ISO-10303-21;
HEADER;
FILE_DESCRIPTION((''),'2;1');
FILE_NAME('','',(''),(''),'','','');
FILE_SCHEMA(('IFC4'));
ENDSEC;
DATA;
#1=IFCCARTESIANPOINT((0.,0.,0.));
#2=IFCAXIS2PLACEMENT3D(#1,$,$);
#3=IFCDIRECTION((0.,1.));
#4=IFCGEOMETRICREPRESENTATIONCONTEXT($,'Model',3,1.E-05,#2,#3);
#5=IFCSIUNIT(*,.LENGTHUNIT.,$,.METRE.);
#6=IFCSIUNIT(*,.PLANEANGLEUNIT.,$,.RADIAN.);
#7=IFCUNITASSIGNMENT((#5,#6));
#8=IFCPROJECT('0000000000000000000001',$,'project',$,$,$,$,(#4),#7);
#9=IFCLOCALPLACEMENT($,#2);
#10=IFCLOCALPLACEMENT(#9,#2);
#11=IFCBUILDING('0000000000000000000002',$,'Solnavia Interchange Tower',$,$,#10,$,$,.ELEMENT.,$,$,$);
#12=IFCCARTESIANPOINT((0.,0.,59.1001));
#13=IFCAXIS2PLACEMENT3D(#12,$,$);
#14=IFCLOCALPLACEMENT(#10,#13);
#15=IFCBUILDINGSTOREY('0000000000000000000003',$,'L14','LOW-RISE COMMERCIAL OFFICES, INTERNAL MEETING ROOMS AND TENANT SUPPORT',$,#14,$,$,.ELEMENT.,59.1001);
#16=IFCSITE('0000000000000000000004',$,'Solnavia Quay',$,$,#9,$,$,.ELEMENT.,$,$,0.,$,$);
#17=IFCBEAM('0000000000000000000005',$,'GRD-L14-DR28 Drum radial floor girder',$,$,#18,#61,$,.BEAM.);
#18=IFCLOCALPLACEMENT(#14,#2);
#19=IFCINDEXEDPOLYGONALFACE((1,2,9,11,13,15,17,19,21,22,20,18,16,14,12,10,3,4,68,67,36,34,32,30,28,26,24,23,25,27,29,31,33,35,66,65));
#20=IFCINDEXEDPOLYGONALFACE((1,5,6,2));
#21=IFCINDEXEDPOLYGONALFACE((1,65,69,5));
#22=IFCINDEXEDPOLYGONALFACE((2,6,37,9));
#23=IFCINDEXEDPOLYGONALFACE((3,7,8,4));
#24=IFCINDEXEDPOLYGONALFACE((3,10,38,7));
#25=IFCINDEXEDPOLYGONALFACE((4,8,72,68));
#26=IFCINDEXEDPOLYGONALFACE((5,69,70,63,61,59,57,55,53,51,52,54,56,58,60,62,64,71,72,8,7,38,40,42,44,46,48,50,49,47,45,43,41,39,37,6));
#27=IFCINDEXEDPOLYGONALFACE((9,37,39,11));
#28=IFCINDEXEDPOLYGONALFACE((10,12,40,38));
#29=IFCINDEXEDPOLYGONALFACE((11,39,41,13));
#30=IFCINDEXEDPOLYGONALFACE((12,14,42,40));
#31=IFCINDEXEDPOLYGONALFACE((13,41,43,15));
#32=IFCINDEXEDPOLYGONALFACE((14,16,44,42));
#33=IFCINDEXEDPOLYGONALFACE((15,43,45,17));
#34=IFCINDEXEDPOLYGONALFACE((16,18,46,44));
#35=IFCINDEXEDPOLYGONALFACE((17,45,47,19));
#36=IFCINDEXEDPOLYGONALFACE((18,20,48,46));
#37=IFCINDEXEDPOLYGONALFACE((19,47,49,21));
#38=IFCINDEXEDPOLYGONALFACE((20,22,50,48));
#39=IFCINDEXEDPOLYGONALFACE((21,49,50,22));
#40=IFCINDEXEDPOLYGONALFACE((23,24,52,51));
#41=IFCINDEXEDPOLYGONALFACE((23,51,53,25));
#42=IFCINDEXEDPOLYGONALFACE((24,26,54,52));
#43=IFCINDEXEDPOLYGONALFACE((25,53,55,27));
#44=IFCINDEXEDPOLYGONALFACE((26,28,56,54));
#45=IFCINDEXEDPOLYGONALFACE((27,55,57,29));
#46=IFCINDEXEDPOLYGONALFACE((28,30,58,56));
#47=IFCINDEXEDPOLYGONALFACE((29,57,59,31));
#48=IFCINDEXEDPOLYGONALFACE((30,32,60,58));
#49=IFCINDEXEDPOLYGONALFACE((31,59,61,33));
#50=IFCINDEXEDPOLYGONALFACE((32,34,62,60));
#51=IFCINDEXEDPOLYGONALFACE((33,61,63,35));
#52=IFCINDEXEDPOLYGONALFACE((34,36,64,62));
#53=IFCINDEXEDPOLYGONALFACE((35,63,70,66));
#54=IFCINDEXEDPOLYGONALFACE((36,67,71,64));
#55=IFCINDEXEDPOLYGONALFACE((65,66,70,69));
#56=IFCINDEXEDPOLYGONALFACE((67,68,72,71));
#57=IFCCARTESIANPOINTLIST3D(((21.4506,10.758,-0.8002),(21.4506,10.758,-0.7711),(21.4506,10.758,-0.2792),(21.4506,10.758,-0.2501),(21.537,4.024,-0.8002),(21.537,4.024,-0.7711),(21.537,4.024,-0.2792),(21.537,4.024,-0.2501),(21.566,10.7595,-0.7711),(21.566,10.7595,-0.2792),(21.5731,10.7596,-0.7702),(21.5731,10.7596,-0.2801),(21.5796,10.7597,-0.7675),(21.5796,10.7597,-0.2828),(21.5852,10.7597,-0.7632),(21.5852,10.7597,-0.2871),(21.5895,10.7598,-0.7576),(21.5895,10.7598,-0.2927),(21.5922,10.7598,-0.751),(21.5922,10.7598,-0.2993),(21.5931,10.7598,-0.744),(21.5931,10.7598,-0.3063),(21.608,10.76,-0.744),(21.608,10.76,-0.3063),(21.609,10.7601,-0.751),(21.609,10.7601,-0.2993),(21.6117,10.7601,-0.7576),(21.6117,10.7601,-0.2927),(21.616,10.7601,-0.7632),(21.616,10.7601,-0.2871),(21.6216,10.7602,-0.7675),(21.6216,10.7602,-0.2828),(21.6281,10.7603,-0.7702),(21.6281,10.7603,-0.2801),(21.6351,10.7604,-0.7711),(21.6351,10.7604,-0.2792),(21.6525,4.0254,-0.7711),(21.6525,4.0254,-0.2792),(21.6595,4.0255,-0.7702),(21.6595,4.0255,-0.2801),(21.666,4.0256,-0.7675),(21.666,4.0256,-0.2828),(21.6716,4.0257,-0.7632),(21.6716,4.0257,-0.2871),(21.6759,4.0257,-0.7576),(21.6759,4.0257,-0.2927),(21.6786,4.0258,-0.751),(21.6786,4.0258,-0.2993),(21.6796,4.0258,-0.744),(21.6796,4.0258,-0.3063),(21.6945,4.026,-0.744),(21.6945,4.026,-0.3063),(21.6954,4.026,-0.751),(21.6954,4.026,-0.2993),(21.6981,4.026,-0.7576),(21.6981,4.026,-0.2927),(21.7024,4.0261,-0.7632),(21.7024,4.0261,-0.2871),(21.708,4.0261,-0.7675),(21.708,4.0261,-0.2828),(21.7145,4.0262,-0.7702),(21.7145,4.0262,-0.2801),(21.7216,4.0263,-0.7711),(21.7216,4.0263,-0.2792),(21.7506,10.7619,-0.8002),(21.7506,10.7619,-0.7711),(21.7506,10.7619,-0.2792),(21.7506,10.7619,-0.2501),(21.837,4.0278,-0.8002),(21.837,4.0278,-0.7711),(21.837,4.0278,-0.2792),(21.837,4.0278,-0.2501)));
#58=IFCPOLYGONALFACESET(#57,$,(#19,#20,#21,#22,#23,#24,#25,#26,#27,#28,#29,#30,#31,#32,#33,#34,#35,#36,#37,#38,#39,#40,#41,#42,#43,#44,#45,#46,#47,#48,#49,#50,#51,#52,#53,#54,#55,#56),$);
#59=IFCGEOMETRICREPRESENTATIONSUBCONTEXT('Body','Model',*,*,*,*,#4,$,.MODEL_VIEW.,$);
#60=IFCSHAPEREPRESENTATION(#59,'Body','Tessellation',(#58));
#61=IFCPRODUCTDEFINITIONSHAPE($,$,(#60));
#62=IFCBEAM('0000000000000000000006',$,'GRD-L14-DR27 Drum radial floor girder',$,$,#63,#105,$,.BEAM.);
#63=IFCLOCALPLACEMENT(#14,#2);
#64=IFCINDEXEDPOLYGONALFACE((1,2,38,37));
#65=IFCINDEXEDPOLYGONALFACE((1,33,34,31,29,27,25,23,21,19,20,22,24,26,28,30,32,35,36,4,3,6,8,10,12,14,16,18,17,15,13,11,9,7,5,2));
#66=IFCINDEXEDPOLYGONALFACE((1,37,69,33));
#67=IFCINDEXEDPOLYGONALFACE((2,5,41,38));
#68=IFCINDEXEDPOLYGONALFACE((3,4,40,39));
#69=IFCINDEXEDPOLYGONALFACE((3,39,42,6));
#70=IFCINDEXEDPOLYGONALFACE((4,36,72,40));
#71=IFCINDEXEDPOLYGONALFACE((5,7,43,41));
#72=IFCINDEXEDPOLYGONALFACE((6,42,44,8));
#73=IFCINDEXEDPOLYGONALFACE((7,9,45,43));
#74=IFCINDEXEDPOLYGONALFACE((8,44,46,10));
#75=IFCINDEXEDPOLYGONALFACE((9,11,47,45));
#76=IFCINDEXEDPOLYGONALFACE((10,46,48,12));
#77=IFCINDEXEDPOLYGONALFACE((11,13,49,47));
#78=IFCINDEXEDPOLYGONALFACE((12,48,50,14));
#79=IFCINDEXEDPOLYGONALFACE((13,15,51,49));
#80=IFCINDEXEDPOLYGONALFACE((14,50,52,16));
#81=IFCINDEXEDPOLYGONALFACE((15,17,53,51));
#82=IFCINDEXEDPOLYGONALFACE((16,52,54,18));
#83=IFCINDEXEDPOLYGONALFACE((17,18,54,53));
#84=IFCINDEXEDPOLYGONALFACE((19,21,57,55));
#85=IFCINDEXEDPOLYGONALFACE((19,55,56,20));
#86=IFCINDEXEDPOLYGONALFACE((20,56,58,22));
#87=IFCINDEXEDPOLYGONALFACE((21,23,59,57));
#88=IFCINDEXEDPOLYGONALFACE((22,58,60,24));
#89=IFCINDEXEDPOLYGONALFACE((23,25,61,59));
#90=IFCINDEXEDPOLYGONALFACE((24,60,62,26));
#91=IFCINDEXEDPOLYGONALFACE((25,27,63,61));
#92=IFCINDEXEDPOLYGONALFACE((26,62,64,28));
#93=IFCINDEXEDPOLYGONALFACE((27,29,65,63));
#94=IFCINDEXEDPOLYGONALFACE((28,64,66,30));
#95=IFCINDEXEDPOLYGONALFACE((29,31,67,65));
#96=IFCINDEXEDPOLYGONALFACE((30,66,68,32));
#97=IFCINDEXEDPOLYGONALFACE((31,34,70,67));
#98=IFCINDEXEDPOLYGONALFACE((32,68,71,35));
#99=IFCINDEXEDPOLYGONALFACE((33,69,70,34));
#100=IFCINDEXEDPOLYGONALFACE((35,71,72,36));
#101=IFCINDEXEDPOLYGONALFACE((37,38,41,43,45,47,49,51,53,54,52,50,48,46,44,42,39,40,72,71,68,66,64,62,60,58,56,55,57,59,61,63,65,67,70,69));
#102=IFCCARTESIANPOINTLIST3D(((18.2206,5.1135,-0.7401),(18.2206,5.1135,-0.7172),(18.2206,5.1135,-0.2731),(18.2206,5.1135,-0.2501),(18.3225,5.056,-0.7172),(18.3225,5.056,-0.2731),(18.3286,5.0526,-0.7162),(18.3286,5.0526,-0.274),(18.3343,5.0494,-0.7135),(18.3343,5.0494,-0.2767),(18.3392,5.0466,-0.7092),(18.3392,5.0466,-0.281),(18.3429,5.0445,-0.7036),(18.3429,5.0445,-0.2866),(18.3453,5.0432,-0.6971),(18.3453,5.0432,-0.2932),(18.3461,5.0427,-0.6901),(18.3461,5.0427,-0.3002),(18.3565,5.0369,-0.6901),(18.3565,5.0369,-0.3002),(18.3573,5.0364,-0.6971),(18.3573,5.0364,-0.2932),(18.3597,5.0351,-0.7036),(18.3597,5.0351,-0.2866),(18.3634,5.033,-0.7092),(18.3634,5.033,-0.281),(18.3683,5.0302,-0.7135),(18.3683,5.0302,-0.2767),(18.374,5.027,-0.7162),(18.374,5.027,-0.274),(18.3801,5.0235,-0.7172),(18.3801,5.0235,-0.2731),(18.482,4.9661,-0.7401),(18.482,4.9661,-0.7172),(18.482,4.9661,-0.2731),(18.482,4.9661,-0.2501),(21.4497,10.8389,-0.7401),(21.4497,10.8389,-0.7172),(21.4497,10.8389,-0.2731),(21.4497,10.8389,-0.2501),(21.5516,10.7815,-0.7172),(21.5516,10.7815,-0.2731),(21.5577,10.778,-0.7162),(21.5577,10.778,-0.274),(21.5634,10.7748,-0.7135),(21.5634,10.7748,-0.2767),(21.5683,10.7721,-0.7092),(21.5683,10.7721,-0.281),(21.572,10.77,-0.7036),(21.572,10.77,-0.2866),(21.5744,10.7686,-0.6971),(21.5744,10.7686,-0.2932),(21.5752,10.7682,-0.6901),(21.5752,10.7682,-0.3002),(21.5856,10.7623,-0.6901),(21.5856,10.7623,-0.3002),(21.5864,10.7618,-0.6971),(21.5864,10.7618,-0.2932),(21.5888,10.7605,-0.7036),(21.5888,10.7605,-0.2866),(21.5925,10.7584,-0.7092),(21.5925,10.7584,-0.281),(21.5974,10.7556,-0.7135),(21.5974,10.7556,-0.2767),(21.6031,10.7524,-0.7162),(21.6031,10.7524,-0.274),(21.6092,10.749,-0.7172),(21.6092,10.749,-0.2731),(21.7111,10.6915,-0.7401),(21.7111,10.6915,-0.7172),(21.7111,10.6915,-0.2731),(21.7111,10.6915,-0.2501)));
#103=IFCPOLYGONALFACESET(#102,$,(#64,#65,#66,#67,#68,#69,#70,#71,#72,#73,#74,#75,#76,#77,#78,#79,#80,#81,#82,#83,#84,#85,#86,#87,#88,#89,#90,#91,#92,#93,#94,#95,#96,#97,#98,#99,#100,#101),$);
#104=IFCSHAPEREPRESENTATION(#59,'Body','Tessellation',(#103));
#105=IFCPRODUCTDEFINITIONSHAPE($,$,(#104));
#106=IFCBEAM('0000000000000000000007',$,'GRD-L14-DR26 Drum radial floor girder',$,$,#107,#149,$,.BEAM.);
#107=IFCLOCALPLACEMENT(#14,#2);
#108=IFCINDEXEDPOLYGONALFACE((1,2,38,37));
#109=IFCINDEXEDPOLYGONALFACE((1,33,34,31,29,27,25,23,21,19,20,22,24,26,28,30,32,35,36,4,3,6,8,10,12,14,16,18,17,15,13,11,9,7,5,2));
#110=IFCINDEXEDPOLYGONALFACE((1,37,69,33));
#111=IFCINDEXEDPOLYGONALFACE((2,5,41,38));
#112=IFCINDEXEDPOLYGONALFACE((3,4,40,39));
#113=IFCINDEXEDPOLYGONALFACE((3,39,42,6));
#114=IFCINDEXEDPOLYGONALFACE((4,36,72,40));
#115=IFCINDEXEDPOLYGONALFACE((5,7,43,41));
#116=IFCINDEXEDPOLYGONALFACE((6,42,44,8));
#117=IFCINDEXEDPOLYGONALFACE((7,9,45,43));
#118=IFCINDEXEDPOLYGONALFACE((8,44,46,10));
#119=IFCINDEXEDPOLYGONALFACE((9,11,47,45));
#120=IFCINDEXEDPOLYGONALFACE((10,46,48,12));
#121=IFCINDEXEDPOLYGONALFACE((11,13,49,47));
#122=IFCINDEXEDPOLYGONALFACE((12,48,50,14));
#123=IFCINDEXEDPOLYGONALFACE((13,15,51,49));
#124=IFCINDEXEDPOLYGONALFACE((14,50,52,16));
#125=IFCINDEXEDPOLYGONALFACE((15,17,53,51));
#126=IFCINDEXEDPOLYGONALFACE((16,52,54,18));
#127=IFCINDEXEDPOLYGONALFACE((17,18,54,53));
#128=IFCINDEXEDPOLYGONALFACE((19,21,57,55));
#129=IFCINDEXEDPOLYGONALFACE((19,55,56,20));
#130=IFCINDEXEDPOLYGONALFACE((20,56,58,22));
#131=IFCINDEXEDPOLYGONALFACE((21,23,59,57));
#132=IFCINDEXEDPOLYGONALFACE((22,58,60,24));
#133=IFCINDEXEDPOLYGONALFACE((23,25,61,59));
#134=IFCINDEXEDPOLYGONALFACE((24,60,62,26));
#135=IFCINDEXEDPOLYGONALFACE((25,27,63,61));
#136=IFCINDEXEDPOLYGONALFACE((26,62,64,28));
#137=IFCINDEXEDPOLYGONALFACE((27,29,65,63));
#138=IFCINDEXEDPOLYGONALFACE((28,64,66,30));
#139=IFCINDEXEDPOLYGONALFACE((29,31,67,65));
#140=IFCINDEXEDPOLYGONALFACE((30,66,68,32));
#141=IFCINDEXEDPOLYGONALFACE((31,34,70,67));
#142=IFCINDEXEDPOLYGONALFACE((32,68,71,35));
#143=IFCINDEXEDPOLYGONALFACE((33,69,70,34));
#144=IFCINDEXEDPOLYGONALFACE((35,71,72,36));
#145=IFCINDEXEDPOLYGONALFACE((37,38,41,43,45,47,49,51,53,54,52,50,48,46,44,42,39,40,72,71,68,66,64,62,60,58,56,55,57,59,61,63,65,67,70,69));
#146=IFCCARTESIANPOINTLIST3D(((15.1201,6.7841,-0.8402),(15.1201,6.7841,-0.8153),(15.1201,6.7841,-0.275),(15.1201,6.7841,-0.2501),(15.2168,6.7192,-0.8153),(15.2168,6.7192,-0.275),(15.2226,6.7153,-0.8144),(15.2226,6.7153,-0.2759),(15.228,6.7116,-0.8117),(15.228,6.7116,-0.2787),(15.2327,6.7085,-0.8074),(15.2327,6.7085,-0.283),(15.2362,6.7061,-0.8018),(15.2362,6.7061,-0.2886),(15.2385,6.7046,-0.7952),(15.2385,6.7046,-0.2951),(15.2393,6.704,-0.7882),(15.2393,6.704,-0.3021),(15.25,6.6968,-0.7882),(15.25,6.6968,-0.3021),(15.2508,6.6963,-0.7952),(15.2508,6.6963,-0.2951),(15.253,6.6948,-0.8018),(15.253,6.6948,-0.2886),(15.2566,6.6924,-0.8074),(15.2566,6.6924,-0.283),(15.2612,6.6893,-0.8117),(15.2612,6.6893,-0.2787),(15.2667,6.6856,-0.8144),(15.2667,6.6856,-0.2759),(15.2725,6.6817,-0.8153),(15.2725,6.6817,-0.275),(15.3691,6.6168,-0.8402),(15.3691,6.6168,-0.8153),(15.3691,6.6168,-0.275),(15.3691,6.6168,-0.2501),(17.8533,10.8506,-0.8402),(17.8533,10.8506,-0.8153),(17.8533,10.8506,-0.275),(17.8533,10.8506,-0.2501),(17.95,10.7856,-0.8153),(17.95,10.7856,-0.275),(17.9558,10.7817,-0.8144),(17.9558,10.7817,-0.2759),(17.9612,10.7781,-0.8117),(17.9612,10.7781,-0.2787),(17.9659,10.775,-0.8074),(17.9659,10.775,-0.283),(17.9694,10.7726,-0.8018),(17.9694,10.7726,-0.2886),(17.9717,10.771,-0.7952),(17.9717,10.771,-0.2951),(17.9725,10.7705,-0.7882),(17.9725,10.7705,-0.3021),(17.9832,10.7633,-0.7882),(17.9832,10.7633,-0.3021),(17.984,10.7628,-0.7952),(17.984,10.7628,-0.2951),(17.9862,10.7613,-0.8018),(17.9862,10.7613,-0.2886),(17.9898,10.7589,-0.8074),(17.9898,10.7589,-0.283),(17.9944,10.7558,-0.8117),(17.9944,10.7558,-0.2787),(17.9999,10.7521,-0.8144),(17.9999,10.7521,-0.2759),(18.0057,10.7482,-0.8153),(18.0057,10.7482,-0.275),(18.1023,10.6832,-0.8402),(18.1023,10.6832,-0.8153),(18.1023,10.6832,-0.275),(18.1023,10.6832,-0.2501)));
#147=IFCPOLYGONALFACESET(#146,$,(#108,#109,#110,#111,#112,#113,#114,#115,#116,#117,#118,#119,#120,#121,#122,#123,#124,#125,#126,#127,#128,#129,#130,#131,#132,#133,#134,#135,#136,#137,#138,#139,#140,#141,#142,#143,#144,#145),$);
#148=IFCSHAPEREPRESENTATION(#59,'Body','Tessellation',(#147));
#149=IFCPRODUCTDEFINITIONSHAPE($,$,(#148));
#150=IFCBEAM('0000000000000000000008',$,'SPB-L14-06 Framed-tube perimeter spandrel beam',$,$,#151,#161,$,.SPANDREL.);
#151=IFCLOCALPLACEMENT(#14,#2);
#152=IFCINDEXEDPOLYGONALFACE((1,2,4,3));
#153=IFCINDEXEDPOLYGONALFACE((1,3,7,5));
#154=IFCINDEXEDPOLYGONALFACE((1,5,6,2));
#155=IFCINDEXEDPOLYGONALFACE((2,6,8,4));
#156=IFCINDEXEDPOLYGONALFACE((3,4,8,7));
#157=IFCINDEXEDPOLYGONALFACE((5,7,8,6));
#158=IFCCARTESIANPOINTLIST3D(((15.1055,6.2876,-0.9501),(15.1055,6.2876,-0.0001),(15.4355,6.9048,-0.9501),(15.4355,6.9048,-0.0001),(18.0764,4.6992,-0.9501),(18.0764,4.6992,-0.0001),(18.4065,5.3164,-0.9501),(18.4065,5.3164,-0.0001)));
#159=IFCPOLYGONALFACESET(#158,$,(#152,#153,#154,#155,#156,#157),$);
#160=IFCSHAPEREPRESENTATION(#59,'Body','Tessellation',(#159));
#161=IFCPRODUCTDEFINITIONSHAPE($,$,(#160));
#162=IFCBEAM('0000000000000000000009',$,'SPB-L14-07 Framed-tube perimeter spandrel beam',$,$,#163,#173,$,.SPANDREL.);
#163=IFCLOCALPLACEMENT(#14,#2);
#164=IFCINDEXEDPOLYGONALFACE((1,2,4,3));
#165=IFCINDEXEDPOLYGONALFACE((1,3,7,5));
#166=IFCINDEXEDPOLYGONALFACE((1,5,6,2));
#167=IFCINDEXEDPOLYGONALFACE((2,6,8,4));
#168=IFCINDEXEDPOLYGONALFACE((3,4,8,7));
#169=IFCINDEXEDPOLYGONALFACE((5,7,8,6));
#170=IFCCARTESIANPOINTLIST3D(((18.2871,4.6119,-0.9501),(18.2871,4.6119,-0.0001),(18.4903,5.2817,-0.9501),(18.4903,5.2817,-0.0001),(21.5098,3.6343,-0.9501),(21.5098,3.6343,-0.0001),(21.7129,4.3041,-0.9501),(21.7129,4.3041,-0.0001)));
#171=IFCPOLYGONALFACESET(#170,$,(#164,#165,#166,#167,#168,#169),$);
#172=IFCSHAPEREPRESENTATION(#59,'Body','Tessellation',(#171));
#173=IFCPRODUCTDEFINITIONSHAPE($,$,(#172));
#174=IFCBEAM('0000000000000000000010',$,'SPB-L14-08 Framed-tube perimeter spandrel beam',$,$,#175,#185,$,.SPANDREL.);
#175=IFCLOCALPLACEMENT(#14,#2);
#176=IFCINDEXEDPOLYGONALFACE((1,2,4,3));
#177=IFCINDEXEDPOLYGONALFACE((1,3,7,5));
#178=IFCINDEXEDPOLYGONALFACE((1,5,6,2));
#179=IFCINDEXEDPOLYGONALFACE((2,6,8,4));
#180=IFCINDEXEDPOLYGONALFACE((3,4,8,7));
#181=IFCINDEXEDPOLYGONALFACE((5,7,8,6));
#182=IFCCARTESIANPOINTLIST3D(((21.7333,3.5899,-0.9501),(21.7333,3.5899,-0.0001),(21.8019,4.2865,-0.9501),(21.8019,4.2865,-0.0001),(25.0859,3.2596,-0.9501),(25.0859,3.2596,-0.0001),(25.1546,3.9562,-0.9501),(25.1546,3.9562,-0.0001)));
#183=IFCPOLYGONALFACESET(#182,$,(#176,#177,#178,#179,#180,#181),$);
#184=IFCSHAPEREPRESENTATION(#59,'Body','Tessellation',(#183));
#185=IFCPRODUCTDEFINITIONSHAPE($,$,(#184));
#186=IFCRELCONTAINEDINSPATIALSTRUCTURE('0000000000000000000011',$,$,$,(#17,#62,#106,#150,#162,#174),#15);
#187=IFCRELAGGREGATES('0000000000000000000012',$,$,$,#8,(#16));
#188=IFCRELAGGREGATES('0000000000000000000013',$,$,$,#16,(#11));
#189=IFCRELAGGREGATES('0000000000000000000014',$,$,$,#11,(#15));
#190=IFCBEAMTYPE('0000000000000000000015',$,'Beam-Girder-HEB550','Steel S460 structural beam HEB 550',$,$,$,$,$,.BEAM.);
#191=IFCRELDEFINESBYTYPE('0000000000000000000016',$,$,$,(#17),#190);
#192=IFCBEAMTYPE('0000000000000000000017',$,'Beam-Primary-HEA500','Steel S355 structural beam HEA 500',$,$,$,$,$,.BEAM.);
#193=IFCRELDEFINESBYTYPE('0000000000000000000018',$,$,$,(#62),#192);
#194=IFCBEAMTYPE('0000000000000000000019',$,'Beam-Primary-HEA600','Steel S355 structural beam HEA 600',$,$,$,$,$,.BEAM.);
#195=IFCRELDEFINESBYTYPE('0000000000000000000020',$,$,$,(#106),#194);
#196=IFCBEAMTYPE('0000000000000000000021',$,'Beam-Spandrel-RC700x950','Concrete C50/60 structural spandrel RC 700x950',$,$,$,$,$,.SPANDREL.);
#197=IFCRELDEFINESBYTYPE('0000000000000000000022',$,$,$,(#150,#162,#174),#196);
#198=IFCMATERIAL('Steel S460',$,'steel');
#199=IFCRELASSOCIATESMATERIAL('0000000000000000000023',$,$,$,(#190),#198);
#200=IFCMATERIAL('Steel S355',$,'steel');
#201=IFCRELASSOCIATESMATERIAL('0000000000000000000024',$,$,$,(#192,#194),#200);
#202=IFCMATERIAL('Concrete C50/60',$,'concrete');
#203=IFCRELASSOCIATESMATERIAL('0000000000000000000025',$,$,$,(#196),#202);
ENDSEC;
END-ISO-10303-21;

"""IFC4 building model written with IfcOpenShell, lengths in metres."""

from ifc_helpers import new_model, si_unit, direction, frame, origin, origin_2d, place, context, subcontext, project, spatial, rectangle, i_section, extrude, material, material_profile, profile_set, type_object, element, save


model = new_model("IFC4")

# Units and contexts
model_context = context("Model", 3, precision=1e-05, world=origin(), true_north=direction((0.0, 1.0)))
body_context = subcontext(model_context, "Body", "Model", "MODEL_VIEW")
ifc_project = project(units=[si_unit("LENGTHUNIT", "METRE"), si_unit("PLANEANGLEUNIT", "RADIAN")], contexts=[model_context])

# Site, building, storey
site_placement = place(None, origin())
site = spatial("IfcSite", under=ifc_project, at=site_placement, Name="Solnavia Quay", CompositionType="ELEMENT", RefElevation=0.0)
building_placement = place(site_placement, origin())
building = spatial("IfcBuilding", under=site, at=building_placement, Name="Solnavia Interchange Tower", CompositionType="ELEMENT")
storey_placement = place(building_placement, frame((0.0, 0.0, 59.1001)))
storey = spatial("IfcBuildingStorey", under=building, at=storey_placement, Name="L14", Description="LOW-RISE COMMERCIAL OFFICES, INTERNAL MEETING ROOMS AND TENANT SUPPORT", CompositionType="ELEMENT", Elevation=59.1001)

# Shared definitions
ifc_material_1 = material(Name="Steel S355", Category="steel")

# Beams
ifc_material_2 = material(Name="Steel S460", Category="steel")
ifc_material_profile_1 = material_profile(ifc_material_2, i_section(OverallWidth=0.3, OverallDepth=0.55, WebThickness=0.0149, FlangeThickness=0.0291, FilletRadius=0.0271, at=origin_2d()), Name="HEB 550")
ifc_profile_set_1 = profile_set([ifc_material_profile_1], Name="Steel S460")
beam_type_1 = type_object("IfcBeamType", Name="Beam-Girder-HEB550", Description="Steel S460 structural beam HEB 550", PredefinedType="BEAM", material=ifc_profile_set_1)
beam_1_placement = place(storey_placement, frame((21.687, 4.0259, -0.5251), z_axis=(-0.012833, 0.999918, 0.0), x_axis=(-0.999918, -0.012833, 0.0)))
element("IfcBeam", 1, at=beam_1_placement, inside=storey, type_object=beam_type_1, Name="GRD-L14-DR28 Drum radial floor girder", PredefinedType="BEAM", context=body_context, shape_type="SweptSolid", body=[
    extrude(i_section(OverallWidth=0.3, OverallDepth=0.55, WebThickness=0.0149, FlangeThickness=0.0291, FilletRadius=0.0271, at=origin_2d()), origin(), (0.0, 0.0, 1.0), 6.7346),
])
ifc_material_profile_2 = material_profile(ifc_material_1, i_section(OverallWidth=0.3, OverallDepth=0.49, WebThickness=0.012, FlangeThickness=0.0229, FilletRadius=0.0271, at=origin_2d()), Name="HEA 500")
ifc_profile_set_2 = profile_set([ifc_material_profile_2], Name="Steel S355")
beam_type_2 = type_object("IfcBeamType", Name="Beam-Primary-HEA500", Description="Steel S355 structural beam HEA 500", PredefinedType="BEAM", material=ifc_profile_set_2)
beam_2_placement = place(storey_placement, frame((18.3513, 5.0398, -0.4951), z_axis=(0.491243, 0.871022, 0.0), x_axis=(-0.871022, 0.491243, 0.0)))
element("IfcBeam", 2, at=beam_2_placement, inside=storey, type_object=beam_type_2, Name="GRD-L14-DR27 Drum radial floor girder", PredefinedType="BEAM", context=body_context, shape_type="SweptSolid", body=[
    extrude(i_section(OverallWidth=0.3, OverallDepth=0.49, WebThickness=0.012, FlangeThickness=0.0229, FilletRadius=0.0271, at=origin_2d()), origin(), (0.0, 0.0, 1.0), 6.5732),
])
ifc_material_profile_3 = material_profile(ifc_material_1, i_section(OverallWidth=0.3, OverallDepth=0.5901, WebThickness=0.0129, FlangeThickness=0.0249, FilletRadius=0.0271, at=origin_2d()), Name="HEA 600")
ifc_profile_set_3 = profile_set([ifc_material_profile_3], Name="Steel S355")
beam_type_3 = type_object("IfcBeamType", Name="Beam-Primary-HEA600", Description="Steel S355 structural beam HEA 600", PredefinedType="BEAM", material=ifc_profile_set_3)
beam_3_placement = place(storey_placement, frame((15.2446, 6.7004, -0.5452), z_axis=(0.557835, 0.829952, 0.0), x_axis=(-0.829952, 0.557835, 0.0)))
element("IfcBeam", 3, at=beam_3_placement, inside=storey, type_object=beam_type_3, Name="GRD-L14-DR26 Drum radial floor girder", PredefinedType="BEAM", context=body_context, shape_type="SweptSolid", body=[
    extrude(i_section(OverallWidth=0.3, OverallDepth=0.5901, WebThickness=0.0129, FlangeThickness=0.0249, FilletRadius=0.0271, at=origin_2d()), origin(), (0.0, 0.0, 1.0), 4.8997),
])
ifc_material_3 = material(Name="Concrete C50/60", Category="concrete")
ifc_material_profile_4 = material_profile(ifc_material_3, rectangle(XDim=0.7, YDim=0.95, at=origin_2d()), Name="RC 700x950")
ifc_profile_set_4 = profile_set([ifc_material_profile_4], Name="Concrete C50/60")
beam_type_4 = type_object("IfcBeamType", Name="Beam-Spandrel-RC700x950", Description="Concrete C50/60 structural spandrel RC 700x950", PredefinedType="SPANDREL", material=ifc_profile_set_4)
beam_4_placement = place(storey_placement, frame((15.2705, 6.5962, -0.4751), z_axis=(0.881875, -0.471483, 0.0), x_axis=(0.471483, 0.881875, 0.0)))
element("IfcBeam", 4, at=beam_4_placement, inside=storey, type_object=beam_type_4, Name="SPB-L14-06 Framed-tube perimeter spandrel beam", PredefinedType="SPANDREL", context=body_context, shape_type="SweptSolid", body=[
    extrude(rectangle(XDim=0.7, YDim=0.95, at=origin_2d()), origin(), (0.0, 0.0, 1.0), 3.3689),
])
beam_5_placement = place(storey_placement, frame((18.3887, 4.9468, -0.4751), z_axis=(0.956944, -0.290273, 0.0), x_axis=(0.290273, 0.956944, 0.0)))
element("IfcBeam", 5, at=beam_5_placement, inside=storey, type_object=beam_type_4, Name="SPB-L14-07 Framed-tube perimeter spandrel beam", PredefinedType="SPANDREL", context=body_context, shape_type="SweptSolid", body=[
    extrude(rectangle(XDim=0.7, YDim=0.95, at=origin_2d()), origin(), (0.0, 0.0, 1.0), 3.3677),
])
beam_6_placement = place(storey_placement, frame((21.7676, 3.9382, -0.4751), z_axis=(0.995182, -0.098047, 0.0), x_axis=(0.098047, 0.995182, 0.0)))
element("IfcBeam", 6, at=beam_6_placement, inside=storey, type_object=beam_type_4, Name="SPB-L14-08 Framed-tube perimeter spandrel beam", PredefinedType="SPANDREL", context=body_context, shape_type="SweptSolid", body=[
    extrude(rectangle(XDim=0.7, YDim=0.95, at=origin_2d()), origin(), (0.0, 0.0, 1.0), 3.3689),
])

save(model, "model.ifc")
